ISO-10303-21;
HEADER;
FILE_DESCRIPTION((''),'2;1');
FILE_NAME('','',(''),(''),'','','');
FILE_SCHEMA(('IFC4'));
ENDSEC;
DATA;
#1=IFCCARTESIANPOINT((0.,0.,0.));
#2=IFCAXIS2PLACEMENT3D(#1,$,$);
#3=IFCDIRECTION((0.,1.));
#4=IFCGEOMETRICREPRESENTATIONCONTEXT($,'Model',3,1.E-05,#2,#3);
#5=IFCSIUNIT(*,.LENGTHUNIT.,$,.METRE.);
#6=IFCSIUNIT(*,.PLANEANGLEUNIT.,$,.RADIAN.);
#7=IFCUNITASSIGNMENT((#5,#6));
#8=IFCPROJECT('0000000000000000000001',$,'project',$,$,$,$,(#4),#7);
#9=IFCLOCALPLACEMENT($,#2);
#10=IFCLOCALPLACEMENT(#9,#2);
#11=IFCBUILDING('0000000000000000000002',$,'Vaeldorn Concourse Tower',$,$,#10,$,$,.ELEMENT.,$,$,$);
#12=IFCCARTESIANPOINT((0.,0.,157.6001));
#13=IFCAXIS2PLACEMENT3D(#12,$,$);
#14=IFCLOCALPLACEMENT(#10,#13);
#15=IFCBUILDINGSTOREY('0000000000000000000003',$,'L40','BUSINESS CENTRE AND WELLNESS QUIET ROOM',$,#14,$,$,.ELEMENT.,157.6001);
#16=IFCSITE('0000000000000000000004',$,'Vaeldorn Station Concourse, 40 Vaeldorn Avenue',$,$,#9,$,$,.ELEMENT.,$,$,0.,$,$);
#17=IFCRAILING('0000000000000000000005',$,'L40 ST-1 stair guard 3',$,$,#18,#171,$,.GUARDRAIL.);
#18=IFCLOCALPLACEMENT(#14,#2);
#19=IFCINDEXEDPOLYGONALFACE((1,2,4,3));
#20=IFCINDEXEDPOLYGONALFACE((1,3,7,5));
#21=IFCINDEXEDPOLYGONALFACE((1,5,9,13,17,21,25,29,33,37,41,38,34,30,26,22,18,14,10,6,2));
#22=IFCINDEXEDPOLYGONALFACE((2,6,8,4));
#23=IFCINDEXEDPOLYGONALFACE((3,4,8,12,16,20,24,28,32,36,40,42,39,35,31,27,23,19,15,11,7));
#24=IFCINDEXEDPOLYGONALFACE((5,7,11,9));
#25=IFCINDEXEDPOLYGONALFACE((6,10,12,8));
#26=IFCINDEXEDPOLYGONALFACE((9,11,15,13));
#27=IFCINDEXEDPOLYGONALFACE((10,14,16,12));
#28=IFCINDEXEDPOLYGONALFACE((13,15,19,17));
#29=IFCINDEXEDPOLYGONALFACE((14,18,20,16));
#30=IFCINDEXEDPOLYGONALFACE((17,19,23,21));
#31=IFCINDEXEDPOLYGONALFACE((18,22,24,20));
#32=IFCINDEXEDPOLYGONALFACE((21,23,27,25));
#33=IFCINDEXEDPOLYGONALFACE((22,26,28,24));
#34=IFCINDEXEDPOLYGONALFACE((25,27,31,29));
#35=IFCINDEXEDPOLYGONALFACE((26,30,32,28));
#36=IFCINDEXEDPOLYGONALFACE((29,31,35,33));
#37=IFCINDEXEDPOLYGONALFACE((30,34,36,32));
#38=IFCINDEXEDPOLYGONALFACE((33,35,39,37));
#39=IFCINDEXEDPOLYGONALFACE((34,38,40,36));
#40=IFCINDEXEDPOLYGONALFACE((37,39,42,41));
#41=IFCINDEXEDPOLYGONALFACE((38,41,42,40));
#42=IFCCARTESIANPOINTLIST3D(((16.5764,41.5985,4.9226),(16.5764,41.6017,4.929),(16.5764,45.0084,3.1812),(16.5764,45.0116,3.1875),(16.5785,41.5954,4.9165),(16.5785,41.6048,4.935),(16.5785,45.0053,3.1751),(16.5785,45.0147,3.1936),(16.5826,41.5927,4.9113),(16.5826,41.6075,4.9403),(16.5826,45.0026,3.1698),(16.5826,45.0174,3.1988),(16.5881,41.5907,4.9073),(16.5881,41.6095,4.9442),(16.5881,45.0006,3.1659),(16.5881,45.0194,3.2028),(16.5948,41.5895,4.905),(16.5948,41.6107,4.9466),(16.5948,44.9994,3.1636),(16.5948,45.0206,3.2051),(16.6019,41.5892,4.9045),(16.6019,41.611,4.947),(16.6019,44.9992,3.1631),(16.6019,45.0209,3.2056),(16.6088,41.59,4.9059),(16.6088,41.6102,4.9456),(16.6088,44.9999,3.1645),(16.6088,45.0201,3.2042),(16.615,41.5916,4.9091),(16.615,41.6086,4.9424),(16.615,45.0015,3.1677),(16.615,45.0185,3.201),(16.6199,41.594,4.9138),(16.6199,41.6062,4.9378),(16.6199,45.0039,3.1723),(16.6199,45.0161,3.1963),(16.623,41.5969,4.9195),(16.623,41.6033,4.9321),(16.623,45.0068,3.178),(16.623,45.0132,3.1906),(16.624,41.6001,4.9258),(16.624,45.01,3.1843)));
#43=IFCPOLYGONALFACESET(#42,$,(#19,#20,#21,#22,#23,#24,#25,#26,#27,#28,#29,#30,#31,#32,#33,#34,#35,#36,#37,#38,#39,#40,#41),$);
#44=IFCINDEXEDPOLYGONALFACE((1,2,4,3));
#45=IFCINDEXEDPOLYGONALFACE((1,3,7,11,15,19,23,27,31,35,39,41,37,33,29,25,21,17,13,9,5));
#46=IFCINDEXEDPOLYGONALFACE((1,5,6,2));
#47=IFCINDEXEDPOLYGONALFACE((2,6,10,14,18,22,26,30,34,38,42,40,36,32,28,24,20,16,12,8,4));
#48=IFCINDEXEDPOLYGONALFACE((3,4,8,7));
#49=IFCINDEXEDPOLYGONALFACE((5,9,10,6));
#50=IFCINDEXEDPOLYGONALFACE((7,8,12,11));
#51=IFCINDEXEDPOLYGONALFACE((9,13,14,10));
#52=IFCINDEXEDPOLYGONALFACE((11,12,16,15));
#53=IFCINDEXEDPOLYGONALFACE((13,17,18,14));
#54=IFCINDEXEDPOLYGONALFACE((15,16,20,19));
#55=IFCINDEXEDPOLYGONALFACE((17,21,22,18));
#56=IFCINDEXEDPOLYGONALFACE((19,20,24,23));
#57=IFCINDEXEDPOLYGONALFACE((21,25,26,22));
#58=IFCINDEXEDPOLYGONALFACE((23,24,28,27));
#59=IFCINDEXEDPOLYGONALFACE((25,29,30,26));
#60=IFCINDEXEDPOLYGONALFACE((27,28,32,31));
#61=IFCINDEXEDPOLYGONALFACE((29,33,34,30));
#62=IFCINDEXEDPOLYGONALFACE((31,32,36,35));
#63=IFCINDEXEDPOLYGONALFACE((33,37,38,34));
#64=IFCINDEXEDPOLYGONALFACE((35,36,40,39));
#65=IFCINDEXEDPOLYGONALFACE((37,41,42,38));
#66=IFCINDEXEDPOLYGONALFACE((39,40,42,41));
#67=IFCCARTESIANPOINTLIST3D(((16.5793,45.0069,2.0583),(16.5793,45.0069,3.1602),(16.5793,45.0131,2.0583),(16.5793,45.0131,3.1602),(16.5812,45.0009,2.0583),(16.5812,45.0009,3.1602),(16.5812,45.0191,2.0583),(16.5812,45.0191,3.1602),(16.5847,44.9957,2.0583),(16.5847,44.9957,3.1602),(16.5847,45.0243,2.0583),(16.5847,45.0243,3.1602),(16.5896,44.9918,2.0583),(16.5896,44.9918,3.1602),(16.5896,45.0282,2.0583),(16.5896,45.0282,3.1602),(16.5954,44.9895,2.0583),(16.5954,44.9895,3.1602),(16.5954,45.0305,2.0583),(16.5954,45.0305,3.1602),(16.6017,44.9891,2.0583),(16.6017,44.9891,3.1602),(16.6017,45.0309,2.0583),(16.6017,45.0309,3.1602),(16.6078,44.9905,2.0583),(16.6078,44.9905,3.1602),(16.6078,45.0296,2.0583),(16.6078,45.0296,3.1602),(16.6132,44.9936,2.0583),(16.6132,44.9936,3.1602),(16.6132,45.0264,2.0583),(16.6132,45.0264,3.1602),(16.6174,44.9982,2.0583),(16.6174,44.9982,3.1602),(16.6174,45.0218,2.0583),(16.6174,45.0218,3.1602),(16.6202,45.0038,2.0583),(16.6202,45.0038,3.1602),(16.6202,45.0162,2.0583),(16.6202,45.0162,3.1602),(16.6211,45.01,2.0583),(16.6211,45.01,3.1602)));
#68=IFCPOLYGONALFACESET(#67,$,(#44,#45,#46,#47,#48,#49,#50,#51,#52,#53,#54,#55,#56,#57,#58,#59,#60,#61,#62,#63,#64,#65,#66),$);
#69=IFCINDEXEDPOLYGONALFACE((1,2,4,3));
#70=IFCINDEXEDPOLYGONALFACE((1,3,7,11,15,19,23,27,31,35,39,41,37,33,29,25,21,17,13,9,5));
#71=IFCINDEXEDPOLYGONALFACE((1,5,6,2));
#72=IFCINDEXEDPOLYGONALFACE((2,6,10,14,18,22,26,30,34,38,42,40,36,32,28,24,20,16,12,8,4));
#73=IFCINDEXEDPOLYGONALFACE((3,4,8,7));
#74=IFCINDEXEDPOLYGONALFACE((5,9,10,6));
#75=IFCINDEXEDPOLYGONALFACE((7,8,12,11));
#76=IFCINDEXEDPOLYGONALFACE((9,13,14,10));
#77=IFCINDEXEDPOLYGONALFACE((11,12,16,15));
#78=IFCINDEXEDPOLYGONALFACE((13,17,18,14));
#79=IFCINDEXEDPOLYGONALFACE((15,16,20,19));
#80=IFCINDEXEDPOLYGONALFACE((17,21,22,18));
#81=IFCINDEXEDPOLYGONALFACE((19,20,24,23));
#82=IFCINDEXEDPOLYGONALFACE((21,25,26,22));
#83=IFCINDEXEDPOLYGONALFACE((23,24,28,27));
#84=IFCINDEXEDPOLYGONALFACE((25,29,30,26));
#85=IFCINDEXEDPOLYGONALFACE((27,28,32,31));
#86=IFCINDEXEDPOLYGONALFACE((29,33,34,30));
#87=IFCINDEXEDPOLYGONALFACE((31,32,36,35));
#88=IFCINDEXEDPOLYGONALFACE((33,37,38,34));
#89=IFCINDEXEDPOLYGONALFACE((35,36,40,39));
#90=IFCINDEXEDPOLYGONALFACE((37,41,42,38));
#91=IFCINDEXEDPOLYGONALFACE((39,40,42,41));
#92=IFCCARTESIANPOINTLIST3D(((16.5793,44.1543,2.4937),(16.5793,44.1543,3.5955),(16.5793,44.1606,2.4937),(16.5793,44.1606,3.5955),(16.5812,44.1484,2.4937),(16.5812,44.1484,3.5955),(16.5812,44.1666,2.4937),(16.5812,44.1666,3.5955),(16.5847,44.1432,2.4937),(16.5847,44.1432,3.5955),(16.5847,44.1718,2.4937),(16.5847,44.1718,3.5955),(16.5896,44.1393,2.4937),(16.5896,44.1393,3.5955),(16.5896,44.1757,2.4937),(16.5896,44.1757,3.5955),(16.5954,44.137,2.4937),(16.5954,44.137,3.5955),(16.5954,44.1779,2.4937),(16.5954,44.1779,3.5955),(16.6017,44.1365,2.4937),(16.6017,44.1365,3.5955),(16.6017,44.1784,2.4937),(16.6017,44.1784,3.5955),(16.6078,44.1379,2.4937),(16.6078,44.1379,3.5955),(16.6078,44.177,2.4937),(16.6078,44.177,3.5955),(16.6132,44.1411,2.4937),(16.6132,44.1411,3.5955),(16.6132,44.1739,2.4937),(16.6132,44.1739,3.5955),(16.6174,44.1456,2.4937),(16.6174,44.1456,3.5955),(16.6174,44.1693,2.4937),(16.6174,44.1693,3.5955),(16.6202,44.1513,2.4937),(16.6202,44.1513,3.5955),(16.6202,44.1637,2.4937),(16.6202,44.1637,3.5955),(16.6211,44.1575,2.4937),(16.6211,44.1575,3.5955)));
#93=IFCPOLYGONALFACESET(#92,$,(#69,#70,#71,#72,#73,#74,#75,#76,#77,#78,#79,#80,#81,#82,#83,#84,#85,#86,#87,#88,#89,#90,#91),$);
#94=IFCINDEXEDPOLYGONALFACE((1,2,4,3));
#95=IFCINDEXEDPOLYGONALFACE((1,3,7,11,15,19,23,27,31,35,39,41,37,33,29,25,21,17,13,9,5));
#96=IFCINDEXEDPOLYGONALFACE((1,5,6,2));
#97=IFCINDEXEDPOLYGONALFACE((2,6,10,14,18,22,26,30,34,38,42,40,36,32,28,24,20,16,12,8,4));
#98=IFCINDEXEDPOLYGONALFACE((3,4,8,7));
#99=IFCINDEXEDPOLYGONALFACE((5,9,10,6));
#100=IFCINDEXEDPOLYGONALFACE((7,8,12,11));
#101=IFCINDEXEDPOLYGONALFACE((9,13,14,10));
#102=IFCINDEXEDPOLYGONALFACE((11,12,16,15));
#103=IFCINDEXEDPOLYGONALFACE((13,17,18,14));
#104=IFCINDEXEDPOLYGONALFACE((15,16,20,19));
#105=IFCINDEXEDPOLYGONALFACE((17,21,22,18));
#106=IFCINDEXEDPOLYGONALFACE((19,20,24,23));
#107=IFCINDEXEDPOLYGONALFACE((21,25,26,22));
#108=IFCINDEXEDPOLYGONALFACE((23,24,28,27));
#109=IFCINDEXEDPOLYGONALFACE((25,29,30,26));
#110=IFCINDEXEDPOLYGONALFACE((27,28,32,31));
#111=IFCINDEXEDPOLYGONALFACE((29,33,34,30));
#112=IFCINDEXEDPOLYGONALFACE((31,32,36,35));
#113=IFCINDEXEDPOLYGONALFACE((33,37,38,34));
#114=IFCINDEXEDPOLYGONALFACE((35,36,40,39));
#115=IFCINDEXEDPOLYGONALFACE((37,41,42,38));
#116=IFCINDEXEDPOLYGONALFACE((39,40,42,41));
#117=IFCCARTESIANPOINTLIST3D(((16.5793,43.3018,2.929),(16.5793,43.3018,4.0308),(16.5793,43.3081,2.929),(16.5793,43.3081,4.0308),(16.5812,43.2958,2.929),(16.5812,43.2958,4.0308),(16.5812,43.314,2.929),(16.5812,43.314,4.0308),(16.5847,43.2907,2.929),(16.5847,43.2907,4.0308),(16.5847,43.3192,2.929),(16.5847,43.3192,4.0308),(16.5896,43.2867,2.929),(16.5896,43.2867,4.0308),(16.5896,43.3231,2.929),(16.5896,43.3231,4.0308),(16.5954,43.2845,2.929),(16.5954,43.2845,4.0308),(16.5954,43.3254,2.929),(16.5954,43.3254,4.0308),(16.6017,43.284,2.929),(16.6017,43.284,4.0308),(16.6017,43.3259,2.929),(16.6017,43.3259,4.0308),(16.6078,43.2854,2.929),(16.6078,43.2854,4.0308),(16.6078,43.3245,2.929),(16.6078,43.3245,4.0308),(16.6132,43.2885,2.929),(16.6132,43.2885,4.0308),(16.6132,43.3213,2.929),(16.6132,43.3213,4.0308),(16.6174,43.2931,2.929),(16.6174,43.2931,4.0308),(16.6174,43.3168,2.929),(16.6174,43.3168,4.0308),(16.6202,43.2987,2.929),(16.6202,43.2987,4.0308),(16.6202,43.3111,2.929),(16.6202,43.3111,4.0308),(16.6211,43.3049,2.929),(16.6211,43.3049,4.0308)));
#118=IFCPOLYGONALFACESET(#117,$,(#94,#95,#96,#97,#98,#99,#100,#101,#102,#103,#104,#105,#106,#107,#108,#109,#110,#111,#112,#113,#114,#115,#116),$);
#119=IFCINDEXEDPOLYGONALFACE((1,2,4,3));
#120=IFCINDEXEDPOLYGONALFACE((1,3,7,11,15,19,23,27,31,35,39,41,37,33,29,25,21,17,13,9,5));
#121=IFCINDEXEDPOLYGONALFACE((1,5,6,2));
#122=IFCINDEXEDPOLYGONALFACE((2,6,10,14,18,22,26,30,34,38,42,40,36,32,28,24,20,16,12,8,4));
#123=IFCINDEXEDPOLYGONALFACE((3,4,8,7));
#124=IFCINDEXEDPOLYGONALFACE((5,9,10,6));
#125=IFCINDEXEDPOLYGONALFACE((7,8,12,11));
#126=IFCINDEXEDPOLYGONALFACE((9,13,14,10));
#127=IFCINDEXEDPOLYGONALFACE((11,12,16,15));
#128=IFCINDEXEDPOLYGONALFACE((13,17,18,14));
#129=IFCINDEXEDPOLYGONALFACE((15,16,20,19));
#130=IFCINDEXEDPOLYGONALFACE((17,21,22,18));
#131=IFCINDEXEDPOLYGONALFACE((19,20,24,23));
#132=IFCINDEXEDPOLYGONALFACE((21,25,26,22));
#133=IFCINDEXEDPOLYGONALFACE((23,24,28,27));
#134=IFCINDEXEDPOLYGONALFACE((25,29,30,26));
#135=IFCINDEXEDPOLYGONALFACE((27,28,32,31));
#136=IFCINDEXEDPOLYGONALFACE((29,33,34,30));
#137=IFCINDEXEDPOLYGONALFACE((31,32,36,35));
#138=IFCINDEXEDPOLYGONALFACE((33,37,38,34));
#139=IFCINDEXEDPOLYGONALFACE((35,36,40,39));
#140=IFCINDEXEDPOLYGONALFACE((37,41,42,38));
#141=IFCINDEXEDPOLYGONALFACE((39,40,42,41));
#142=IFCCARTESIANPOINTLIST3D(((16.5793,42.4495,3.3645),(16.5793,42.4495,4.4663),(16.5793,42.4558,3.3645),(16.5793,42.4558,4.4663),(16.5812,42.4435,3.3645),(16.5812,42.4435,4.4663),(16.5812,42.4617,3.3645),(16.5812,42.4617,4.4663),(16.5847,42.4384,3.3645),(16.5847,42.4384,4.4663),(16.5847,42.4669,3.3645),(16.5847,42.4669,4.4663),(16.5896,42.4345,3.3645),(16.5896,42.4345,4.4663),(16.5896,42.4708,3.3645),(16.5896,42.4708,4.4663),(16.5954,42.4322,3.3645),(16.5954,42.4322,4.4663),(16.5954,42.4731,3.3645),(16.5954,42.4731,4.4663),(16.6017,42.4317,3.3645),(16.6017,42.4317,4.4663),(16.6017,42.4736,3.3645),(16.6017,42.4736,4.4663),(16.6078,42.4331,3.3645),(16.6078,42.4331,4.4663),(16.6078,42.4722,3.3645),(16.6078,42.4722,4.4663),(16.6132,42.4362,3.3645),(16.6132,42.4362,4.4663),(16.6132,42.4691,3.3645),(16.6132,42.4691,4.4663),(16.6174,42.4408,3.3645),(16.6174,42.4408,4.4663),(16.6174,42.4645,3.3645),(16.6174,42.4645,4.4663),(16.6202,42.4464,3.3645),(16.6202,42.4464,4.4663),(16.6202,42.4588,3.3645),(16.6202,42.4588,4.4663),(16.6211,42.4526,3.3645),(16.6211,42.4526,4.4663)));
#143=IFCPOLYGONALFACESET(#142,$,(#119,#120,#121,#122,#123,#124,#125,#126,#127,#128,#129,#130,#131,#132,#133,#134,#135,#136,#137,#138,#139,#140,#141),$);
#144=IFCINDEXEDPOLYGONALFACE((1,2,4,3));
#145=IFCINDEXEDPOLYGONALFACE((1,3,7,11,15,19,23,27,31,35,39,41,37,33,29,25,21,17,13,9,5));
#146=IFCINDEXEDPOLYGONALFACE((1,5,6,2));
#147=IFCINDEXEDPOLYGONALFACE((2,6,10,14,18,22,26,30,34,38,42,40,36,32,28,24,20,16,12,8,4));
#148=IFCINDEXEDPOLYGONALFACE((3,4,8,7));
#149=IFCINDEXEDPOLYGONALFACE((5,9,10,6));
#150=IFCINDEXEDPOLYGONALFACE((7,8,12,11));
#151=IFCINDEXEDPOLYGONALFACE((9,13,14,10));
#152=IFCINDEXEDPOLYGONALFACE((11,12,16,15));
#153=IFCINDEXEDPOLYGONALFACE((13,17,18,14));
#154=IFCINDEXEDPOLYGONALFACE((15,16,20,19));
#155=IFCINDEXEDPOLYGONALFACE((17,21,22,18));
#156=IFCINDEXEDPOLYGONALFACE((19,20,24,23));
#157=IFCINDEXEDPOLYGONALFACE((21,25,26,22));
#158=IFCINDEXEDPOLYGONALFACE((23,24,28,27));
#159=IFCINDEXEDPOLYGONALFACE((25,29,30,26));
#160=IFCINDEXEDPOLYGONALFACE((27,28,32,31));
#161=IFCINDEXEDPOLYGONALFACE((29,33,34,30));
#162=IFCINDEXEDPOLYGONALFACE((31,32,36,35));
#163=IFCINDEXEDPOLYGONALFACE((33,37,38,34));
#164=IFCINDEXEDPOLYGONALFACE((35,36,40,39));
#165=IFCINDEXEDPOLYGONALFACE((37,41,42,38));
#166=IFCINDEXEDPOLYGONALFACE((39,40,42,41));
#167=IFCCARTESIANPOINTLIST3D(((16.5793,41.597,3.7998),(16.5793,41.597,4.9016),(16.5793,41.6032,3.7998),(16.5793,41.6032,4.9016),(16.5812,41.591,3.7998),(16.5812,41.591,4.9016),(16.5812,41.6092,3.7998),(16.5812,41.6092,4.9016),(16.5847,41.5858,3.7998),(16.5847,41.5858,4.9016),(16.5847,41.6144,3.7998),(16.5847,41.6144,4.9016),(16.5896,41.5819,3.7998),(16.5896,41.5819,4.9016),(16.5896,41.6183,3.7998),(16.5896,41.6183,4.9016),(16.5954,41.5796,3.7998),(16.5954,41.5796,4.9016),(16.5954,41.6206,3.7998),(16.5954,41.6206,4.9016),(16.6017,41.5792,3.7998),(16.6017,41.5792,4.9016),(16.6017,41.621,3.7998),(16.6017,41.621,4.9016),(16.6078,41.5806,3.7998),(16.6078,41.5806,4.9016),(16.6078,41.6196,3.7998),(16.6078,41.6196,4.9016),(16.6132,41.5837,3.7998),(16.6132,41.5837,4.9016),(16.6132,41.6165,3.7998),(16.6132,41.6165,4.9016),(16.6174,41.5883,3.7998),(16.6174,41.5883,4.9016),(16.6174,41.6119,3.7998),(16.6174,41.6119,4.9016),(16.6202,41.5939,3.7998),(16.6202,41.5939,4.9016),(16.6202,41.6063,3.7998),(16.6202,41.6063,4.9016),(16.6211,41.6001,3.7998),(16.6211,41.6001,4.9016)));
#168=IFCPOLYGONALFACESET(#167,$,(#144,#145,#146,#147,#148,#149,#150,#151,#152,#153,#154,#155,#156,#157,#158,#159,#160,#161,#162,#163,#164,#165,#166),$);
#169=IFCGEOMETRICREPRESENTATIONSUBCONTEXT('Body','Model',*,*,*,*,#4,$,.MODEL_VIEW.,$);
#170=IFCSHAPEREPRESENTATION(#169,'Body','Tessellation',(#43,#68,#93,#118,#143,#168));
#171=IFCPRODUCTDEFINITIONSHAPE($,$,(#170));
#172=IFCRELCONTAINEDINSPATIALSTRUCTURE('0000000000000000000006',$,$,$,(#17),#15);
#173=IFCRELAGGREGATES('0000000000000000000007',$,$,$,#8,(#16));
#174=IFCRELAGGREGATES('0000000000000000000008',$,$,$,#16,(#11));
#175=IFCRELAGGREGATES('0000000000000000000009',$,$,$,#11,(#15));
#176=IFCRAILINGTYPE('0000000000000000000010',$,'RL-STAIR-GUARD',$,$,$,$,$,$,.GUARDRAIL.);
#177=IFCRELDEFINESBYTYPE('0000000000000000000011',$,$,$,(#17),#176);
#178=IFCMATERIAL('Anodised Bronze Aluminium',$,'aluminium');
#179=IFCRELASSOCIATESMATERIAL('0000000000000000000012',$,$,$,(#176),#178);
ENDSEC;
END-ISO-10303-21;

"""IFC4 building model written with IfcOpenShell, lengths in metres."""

from ifc_helpers import new_model, si_unit, direction, frame, origin, origin_2d, place, context, subcontext, project, spatial, circle, extrude, material, type_object, element, save


model = new_model("IFC4")

# Units and contexts
model_context = context("Model", 3, precision=1e-05, world=origin(), true_north=direction((0.0, 1.0)))
body_context = subcontext(model_context, "Body", "Model", "MODEL_VIEW")
ifc_project = project(units=[si_unit("LENGTHUNIT", "METRE"), si_unit("PLANEANGLEUNIT", "RADIAN")], contexts=[model_context])

# Site, building, storey
site_placement = place(None, origin())
site = spatial("IfcSite", under=ifc_project, at=site_placement, Name="Vaeldorn Station Concourse, 40 Vaeldorn Avenue", CompositionType="ELEMENT", RefElevation=0.0)
building_placement = place(site_placement, origin())
building = spatial("IfcBuilding", under=site, at=building_placement, Name="Vaeldorn Concourse Tower", CompositionType="ELEMENT")
storey_placement = place(building_placement, frame((0.0, 0.0, 157.6001)))
storey = spatial("IfcBuildingStorey", under=building, at=storey_placement, Name="L40", Description="BUSINESS CENTRE AND WELLNESS QUIET ROOM", CompositionType="ELEMENT", Elevation=157.6001)

# Railing
ifc_material_1 = material(Name="Anodised Bronze Aluminium", Category="aluminium")
railing_type_1 = type_object("IfcRailingType", Name="RL-STAIR-GUARD", PredefinedType="GUARDRAIL", material=ifc_material_1)
railing_1_placement = place(storey_placement, frame((16.6001, 45.01, 2.0583)))
element("IfcRailing", 1, at=railing_1_placement, inside=storey, type_object=railing_type_1, Name="L40 ST-1 stair guard 3", PredefinedType="GUARDRAIL", context=body_context, shape_type="SweptSolid", body=[
    extrude(circle(Radius=0.0239, at=origin_2d()), frame((0.0, 0.0, 1.126), z_axis=(0.0, -0.890582, 0.454823), x_axis=(1.0, 0.0, 0.0)), (0.0, 0.0, 1.0), 3.8289),
    extrude(circle(Radius=0.021, at=origin_2d()), origin(), (0.0, 0.0, 1.0), 1.1018),
    extrude(circle(Radius=0.021, at=origin_2d()), frame((0.0, -0.8525, 0.4353)), (0.0, 0.0, 1.0), 1.1018),
    extrude(circle(Radius=0.021, at=origin_2d()), frame((0.0, -1.7051, 0.8706)), (0.0, 0.0, 1.0), 1.1018),
    extrude(circle(Radius=0.021, at=origin_2d()), frame((0.0, -2.5574, 1.3062)), (0.0, 0.0, 1.0), 1.1018),
    extrude(circle(Radius=0.021, at=origin_2d()), frame((0.0, -3.4099, 1.7415)), (0.0, 0.0, 1.0), 1.1018),
])

save(model, "model.ifc")
